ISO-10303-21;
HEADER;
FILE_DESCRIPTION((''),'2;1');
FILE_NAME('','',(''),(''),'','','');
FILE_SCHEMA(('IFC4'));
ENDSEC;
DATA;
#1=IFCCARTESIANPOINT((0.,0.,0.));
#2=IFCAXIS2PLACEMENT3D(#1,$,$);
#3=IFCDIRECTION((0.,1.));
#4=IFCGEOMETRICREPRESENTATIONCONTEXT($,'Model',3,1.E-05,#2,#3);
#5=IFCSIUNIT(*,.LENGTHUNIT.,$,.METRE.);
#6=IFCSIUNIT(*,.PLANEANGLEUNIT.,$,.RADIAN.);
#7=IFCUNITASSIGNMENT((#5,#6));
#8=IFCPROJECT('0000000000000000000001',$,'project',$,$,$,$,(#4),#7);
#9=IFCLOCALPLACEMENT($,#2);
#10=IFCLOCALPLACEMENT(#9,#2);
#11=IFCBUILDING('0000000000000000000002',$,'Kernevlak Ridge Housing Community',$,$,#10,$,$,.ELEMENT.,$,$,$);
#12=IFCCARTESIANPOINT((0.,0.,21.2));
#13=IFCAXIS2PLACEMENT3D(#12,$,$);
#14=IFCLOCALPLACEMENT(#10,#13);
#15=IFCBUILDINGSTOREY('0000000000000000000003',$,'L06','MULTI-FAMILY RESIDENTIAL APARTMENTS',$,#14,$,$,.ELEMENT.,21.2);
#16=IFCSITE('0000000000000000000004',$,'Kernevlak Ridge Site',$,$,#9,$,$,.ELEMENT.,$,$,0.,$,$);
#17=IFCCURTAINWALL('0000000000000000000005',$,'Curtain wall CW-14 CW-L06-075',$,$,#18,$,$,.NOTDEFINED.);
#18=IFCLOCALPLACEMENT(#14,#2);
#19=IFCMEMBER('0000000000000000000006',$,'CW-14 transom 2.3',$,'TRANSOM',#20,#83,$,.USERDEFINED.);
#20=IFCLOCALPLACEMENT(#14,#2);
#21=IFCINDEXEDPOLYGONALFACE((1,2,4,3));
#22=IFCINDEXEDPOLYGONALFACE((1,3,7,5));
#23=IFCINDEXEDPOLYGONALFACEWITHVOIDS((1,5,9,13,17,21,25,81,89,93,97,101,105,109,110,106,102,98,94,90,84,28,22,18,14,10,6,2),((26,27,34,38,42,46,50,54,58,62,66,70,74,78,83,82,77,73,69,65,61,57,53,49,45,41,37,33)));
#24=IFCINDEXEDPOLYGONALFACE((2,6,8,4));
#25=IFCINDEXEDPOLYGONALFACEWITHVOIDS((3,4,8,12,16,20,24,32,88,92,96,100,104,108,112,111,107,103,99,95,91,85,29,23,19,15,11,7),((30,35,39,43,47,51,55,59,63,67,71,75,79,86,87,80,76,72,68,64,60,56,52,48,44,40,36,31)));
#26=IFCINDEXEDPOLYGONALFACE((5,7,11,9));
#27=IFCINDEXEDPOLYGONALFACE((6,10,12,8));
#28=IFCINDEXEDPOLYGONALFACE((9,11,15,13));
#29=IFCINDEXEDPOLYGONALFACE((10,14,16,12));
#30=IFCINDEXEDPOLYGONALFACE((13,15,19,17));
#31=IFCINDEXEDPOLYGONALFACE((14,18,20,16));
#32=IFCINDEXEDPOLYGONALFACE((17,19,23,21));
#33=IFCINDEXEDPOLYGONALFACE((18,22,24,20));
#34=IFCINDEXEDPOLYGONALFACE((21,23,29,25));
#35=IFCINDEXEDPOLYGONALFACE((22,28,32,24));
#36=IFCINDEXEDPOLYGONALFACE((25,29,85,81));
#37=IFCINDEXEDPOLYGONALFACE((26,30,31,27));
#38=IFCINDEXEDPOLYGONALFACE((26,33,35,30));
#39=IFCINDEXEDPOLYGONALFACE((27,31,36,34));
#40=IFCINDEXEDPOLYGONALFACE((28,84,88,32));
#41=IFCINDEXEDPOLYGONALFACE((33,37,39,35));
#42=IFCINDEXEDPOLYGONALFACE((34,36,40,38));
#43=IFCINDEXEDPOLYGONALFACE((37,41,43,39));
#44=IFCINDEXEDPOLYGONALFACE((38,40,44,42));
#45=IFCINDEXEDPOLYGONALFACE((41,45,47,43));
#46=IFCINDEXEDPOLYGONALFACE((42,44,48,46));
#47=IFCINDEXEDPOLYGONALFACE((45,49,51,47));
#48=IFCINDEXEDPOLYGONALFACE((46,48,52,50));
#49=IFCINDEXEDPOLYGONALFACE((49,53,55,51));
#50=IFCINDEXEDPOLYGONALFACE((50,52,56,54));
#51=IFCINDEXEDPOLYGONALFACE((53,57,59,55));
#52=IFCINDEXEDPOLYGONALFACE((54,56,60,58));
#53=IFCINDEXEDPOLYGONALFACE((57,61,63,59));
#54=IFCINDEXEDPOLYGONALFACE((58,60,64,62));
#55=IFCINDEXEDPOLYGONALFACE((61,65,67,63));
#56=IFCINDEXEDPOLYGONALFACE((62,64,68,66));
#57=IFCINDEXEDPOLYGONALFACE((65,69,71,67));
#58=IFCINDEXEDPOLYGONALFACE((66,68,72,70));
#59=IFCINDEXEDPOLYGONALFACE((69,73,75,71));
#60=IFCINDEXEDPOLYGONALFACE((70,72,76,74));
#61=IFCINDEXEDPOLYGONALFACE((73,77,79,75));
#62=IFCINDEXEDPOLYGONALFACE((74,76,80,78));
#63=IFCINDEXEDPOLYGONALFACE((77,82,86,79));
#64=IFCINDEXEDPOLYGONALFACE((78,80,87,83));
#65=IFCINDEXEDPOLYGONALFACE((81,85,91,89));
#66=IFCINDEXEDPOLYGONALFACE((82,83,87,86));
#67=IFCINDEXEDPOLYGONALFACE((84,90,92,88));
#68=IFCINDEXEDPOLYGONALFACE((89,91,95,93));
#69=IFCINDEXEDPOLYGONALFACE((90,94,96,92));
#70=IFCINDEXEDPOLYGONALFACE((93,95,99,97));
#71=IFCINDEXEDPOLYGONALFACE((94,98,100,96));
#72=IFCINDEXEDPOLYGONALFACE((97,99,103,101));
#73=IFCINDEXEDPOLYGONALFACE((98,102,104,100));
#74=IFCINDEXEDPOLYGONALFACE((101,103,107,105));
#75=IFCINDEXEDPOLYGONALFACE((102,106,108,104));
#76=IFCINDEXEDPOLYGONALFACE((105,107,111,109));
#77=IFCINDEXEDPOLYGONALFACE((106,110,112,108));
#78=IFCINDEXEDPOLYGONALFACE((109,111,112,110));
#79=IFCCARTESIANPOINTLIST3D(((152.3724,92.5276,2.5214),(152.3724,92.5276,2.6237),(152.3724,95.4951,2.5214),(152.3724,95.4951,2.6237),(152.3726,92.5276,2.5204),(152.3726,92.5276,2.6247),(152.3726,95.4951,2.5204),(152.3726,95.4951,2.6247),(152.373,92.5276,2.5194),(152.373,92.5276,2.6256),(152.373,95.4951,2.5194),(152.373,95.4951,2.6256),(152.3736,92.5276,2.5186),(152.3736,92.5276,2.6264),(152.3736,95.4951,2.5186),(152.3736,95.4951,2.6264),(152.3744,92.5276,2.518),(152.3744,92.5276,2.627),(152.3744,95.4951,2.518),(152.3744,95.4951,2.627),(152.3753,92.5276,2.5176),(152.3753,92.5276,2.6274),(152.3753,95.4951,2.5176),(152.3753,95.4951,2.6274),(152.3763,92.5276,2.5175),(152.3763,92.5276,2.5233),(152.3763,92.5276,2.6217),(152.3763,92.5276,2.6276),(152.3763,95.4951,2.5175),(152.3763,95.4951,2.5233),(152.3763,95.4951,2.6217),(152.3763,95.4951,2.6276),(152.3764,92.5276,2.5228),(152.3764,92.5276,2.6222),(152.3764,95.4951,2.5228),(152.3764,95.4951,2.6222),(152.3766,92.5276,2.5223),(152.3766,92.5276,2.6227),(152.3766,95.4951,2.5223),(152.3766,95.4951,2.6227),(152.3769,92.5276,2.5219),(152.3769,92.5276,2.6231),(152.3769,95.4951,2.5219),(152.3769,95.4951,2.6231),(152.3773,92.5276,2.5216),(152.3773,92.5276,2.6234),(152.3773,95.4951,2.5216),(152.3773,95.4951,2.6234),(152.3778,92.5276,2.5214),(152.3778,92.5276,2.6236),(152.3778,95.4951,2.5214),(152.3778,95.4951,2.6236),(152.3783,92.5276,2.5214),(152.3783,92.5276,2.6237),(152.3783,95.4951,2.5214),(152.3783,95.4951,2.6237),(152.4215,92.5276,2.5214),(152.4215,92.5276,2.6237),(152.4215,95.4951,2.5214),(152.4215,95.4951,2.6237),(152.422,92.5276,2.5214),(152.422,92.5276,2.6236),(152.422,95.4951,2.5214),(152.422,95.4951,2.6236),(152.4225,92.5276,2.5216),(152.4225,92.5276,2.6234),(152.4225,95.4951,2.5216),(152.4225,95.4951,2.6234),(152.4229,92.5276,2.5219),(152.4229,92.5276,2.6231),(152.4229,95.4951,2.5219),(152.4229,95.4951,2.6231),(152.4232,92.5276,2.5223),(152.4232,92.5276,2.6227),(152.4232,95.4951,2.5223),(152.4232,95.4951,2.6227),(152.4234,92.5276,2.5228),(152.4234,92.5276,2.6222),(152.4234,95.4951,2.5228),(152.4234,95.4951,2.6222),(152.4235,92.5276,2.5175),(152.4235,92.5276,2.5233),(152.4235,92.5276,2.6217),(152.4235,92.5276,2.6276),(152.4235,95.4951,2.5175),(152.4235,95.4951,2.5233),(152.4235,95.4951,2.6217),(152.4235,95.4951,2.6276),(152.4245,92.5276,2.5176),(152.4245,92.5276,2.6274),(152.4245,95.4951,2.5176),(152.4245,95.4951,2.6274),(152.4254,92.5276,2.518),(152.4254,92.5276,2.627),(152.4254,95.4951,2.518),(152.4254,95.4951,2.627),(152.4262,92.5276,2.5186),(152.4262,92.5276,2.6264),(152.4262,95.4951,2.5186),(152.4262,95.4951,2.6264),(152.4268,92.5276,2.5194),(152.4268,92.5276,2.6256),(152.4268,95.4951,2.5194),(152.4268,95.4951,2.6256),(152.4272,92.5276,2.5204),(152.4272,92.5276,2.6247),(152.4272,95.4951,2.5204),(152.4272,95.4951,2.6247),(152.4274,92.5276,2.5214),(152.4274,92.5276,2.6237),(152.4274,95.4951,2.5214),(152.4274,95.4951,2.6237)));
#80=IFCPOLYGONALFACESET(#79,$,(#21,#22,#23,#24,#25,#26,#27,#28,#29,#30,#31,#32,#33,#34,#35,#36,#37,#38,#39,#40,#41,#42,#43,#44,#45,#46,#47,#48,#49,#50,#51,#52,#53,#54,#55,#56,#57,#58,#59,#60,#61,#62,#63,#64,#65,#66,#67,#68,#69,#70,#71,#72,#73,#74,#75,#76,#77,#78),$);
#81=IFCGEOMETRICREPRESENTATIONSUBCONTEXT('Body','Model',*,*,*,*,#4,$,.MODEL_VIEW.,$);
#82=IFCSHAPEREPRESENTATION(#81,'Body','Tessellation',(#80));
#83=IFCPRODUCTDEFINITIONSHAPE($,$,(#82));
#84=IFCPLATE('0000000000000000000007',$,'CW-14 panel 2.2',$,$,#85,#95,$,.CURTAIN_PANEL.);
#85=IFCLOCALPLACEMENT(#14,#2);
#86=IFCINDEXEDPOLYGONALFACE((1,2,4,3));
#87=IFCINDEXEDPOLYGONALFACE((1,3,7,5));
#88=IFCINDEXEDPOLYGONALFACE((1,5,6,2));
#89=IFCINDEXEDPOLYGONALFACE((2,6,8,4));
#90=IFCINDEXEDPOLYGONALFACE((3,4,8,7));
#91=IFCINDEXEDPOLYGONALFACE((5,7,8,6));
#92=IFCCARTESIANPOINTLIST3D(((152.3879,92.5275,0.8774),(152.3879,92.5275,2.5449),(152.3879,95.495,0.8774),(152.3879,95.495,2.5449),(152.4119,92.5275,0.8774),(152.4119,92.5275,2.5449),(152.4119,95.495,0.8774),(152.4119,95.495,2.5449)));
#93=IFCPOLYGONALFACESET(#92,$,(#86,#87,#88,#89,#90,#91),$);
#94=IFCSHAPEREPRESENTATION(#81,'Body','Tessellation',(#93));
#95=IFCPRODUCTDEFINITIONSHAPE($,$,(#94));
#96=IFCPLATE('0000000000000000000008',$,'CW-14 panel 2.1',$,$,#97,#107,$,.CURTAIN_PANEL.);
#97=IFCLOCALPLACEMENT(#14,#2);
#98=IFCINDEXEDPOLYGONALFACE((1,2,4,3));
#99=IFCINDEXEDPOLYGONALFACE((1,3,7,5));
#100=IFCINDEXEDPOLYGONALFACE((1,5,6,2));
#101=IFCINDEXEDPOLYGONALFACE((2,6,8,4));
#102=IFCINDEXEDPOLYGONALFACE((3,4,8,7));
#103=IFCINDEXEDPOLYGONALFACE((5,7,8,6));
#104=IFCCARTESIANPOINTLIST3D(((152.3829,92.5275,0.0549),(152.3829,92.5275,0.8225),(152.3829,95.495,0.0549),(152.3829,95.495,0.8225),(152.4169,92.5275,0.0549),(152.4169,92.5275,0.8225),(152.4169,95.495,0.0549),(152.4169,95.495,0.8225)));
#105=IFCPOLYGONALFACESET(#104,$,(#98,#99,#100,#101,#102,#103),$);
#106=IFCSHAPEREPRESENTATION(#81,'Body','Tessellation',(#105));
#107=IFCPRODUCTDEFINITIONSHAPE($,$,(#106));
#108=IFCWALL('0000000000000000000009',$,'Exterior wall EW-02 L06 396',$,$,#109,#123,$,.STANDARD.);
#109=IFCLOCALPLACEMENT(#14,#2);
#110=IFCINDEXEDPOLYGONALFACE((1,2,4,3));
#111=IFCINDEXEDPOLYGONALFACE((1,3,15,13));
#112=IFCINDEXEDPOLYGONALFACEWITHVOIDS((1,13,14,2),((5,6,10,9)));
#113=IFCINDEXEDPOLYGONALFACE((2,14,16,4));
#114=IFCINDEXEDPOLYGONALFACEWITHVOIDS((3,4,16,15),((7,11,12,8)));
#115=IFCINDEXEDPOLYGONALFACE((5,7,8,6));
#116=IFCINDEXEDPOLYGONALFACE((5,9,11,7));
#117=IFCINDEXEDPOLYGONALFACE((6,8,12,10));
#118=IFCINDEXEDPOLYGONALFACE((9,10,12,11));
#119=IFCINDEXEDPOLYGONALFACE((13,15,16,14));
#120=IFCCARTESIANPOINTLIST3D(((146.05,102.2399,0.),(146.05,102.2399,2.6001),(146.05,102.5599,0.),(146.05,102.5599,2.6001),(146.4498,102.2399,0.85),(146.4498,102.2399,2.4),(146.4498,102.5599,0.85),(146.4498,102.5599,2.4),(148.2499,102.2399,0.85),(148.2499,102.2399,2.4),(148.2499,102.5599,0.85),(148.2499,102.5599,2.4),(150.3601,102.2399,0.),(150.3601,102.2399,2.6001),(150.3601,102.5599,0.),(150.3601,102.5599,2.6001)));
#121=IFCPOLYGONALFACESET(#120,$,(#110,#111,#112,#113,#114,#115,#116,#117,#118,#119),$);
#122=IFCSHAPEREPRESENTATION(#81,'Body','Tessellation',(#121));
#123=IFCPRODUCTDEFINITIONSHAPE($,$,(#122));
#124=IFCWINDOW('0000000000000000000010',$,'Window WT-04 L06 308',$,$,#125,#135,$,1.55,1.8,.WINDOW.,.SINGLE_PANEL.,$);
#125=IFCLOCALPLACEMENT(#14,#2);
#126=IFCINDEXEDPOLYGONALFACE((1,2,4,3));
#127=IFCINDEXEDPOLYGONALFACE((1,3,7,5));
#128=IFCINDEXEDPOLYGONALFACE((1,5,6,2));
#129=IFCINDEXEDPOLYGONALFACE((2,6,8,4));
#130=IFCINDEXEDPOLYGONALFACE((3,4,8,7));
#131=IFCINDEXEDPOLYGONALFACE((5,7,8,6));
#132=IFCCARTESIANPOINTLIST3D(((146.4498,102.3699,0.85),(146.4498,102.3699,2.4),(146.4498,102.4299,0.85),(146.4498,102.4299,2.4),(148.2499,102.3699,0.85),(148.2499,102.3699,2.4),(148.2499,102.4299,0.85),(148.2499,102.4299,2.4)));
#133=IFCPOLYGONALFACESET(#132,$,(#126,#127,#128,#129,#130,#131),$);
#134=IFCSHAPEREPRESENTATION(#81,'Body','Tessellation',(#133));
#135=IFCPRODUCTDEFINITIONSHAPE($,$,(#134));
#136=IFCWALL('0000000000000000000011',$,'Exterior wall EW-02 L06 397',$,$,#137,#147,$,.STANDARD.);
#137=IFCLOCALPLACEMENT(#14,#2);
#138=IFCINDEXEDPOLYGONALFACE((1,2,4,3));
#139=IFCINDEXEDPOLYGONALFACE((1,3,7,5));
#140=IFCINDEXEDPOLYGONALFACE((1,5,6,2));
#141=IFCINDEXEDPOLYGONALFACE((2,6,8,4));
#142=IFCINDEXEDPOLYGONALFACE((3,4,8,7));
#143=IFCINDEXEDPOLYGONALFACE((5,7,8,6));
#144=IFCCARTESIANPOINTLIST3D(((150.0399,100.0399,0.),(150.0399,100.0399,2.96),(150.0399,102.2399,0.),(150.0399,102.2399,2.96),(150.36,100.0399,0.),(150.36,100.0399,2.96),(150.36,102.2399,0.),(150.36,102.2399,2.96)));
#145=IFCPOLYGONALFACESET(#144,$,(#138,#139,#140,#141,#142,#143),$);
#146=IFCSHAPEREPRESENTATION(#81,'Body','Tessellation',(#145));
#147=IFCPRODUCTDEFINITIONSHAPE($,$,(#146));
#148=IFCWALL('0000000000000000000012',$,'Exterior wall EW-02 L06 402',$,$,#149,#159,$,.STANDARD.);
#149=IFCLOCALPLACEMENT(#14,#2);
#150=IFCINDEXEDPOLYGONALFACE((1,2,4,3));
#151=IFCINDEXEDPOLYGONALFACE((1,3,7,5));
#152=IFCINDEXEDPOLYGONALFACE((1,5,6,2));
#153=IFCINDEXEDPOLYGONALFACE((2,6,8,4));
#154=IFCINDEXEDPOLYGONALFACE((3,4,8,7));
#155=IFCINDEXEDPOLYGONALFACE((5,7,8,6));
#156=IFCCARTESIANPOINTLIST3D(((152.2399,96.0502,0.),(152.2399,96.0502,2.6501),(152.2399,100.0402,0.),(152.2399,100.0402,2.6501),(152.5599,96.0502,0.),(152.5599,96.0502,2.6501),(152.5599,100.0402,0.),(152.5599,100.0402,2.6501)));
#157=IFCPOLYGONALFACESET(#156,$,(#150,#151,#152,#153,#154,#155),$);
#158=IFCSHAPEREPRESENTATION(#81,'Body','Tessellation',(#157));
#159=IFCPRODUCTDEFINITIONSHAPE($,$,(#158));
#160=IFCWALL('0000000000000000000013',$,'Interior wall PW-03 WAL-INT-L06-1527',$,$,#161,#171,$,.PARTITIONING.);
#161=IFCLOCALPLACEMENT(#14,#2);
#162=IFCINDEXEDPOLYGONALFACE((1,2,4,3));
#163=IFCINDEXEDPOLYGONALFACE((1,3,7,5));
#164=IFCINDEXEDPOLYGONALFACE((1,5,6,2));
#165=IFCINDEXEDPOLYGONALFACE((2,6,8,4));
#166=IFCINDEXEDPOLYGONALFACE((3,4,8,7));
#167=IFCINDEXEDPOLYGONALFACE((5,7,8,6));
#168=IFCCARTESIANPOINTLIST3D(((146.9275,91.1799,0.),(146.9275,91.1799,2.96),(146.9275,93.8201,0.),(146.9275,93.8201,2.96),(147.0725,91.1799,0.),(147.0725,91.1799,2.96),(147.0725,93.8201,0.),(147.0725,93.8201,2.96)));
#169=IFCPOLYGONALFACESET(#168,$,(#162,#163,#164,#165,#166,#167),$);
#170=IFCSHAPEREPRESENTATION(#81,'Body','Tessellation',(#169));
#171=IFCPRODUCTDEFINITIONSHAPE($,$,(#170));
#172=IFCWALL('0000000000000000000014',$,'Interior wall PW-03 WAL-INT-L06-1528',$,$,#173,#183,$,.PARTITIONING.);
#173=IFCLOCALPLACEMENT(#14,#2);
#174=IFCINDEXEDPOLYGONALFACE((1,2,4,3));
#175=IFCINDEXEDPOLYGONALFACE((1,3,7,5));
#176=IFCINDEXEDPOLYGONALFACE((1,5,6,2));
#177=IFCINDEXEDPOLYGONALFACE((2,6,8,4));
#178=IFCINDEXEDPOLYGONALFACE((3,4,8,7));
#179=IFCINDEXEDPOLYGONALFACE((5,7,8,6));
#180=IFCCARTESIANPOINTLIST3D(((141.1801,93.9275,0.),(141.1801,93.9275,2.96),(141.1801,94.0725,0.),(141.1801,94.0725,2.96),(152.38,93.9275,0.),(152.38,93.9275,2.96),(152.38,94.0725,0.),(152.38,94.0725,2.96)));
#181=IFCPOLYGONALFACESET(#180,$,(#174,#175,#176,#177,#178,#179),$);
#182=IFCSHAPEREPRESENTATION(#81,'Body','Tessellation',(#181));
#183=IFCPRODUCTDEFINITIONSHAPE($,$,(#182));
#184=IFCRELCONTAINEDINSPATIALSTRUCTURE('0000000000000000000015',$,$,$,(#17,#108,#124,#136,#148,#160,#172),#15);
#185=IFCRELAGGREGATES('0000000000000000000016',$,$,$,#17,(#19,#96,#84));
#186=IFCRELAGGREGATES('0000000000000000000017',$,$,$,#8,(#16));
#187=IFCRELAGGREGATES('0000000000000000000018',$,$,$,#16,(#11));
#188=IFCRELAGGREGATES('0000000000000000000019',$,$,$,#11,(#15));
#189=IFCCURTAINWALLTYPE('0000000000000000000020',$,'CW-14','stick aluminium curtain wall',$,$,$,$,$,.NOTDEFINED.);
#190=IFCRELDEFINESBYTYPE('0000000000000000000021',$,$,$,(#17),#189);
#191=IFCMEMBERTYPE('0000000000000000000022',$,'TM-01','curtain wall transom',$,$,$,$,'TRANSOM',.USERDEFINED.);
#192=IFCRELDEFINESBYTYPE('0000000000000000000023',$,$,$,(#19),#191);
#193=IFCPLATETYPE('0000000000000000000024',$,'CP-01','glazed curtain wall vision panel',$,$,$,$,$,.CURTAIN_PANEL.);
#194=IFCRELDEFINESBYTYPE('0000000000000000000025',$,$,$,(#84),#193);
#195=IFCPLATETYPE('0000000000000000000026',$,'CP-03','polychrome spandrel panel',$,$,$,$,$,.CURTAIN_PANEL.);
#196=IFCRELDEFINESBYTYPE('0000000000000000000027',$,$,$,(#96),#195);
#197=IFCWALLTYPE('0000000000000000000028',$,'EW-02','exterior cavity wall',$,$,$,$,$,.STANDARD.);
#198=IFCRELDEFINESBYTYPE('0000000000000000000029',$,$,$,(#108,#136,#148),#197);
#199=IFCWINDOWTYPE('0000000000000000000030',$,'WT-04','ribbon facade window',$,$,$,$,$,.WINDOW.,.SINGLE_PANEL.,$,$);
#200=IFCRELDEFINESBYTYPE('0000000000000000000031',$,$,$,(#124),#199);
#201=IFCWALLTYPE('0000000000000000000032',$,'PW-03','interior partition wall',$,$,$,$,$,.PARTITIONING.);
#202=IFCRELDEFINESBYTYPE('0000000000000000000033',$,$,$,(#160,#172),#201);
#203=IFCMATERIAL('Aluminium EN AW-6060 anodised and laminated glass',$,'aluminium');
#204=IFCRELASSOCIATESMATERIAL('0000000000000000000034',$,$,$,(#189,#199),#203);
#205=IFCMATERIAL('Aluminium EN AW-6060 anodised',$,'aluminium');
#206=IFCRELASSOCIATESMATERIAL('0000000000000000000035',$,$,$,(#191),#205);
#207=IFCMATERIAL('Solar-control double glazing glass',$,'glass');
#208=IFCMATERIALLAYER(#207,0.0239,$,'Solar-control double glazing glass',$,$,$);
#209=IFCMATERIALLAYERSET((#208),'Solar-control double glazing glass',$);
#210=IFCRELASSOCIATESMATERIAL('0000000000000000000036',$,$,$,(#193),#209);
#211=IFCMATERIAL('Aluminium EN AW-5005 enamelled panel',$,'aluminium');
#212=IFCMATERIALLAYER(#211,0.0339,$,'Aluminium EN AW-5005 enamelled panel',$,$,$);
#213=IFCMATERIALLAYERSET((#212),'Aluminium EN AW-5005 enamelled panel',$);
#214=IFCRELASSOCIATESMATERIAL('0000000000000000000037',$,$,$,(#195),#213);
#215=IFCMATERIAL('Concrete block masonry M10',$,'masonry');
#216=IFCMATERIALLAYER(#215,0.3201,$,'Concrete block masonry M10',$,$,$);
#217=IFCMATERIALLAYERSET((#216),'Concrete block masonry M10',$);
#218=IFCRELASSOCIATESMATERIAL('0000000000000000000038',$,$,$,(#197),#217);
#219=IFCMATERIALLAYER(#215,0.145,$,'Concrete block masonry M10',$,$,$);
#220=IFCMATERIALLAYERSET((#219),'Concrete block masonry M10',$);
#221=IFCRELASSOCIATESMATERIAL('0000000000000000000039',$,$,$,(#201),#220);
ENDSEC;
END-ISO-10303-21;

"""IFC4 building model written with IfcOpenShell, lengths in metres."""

from ifc_helpers import new_model, si_unit, direction, frame, frame_2d, origin, origin_2d, place, context, subcontext, project, spatial, rectangle, hollow_rectangle, extrude, material, layer, layer_set, material_profile, profile_set, type_object, element, fill, aggregate, save


model = new_model("IFC4")

# Units and contexts
model_context = context("Model", 3, precision=1e-05, world=origin(), true_north=direction((0.0, 1.0)))
body_context = subcontext(model_context, "Body", "Model", "MODEL_VIEW")
ifc_project = project(units=[si_unit("LENGTHUNIT", "METRE"), si_unit("PLANEANGLEUNIT", "RADIAN")], contexts=[model_context])

# Site, building, storey
site_placement = place(None, origin())
site = spatial("IfcSite", under=ifc_project, at=site_placement, Name="Kernevlak Ridge Site", CompositionType="ELEMENT", RefElevation=0.0)
building_placement = place(site_placement, origin())
building = spatial("IfcBuilding", under=site, at=building_placement, Name="Kernevlak Ridge Housing Community", CompositionType="ELEMENT")
storey_placement = place(building_placement, frame((0.0, 0.0, 21.2)))
storey = spatial("IfcBuildingStorey", under=building, at=storey_placement, Name="L06", Description="MULTI-FAMILY RESIDENTIAL APARTMENTS", CompositionType="ELEMENT", Elevation=21.2)

# Curtain wall
ifc_material_1 = material(Name="Aluminium EN AW-6060 anodised and laminated glass", Category="aluminium")
curtain_wall_type = type_object("IfcCurtainWallType", Name="CW-14", Description="stick aluminium curtain wall", PredefinedType="NOTDEFINED", material=ifc_material_1)
curtain_wall_placement = place(storey_placement, origin())
curtain_wall = element("IfcCurtainWall", 1, at=curtain_wall_placement, inside=storey, type_object=curtain_wall_type, Name="Curtain wall CW-14 CW-L06-075", PredefinedType="NOTDEFINED")
ifc_material_2 = material(Name="Aluminium EN AW-6060 anodised", Category="aluminium")

# Member
ifc_material_profile_1 = material_profile(ifc_material_2, hollow_rectangle(XDim=0.0549, YDim=0.1101, WallThickness=0.0039, InnerFilletRadius=0.002, OuterFilletRadius=0.0039, at=origin_2d()), Name="ALU 55x110x4")
ifc_profile_set_1 = profile_set([ifc_material_profile_1], Name="Aluminium EN AW-6060 anodised")
member_type_1 = type_object("IfcMemberType", Name="TM-01", Description="curtain wall transom", ElementType="TRANSOM", PredefinedType="USERDEFINED", material=ifc_profile_set_1)
member_1_placement = place(storey_placement, frame((152.3999, 92.5276, 2.5725), z_axis=(0.0, 1.0, 0.0), x_axis=(-1.0, 0.0, 0.0)))
member_1 = element("IfcMember", 2, at=member_1_placement, type_object=member_type_1, Name="CW-14 transom 2.3", ObjectType="TRANSOM", PredefinedType="USERDEFINED", context=body_context, shape_type="SweptSolid", body=[
    extrude(hollow_rectangle(XDim=0.0549, YDim=0.1101, WallThickness=0.0039, InnerFilletRadius=0.002, OuterFilletRadius=0.0039, at=origin_2d()), origin(), (0.0, 0.0, 1.0), 2.9675),
])

# Plates
ifc_material_3 = material(Name="Solar-control double glazing glass", Category="glass")
ifc_layer_1 = layer(ifc_material_3, 0.0239, Name="Solar-control double glazing glass")
ifc_layer_set_1 = layer_set([ifc_layer_1], Name="Solar-control double glazing glass")
plate_type_1 = type_object("IfcPlateType", Name="CP-01", Description="glazed curtain wall vision panel", PredefinedType="CURTAIN_PANEL", material=ifc_layer_set_1)
plate_1_placement = place(storey_placement, frame((152.3999, 94.0112, 0.8774), z_axis=(0.0, 0.0, 1.0), x_axis=(0.0, 1.0, 0.0)))
plate_1 = element("IfcPlate", 3, at=plate_1_placement, type_object=plate_type_1, Name="CW-14 panel 2.2", PredefinedType="CURTAIN_PANEL", context=body_context, shape_type="SweptSolid", body=[
    extrude(rectangle(XDim=2.9675, YDim=0.0239, at=origin_2d()), origin(), (0.0, 0.0, 1.0), 1.6675),
])
ifc_material_4 = material(Name="Aluminium EN AW-5005 enamelled panel", Category="aluminium")
ifc_layer_2 = layer(ifc_material_4, 0.0339, Name="Aluminium EN AW-5005 enamelled panel")
ifc_layer_set_2 = layer_set([ifc_layer_2], Name="Aluminium EN AW-5005 enamelled panel")
plate_type_2 = type_object("IfcPlateType", Name="CP-03", Description="polychrome spandrel panel", PredefinedType="CURTAIN_PANEL", material=ifc_layer_set_2)
plate_2_placement = place(storey_placement, frame((152.3999, 94.0112, 0.0549), z_axis=(0.0, 0.0, 1.0), x_axis=(0.0, 1.0, 0.0)))
plate_2 = element("IfcPlate", 4, at=plate_2_placement, type_object=plate_type_2, Name="CW-14 panel 2.1", PredefinedType="CURTAIN_PANEL", context=body_context, shape_type="SweptSolid", body=[
    extrude(rectangle(XDim=2.9675, YDim=0.0339, at=origin_2d()), origin(), (0.0, 0.0, 1.0), 0.7676),
])
aggregate(curtain_wall, [member_1, plate_2, plate_1])

# Wall, opening, window
ifc_material_5 = material(Name="Concrete block masonry M10", Category="masonry")
ifc_layer_3 = layer(ifc_material_5, 0.3201, Name="Concrete block masonry M10")
ifc_layer_set_3 = layer_set([ifc_layer_3], Name="Concrete block masonry M10")
wall_type_1 = type_object("IfcWallType", Name="EW-02", Description="exterior cavity wall", PredefinedType="STANDARD", material=ifc_layer_set_3)
wall_1_placement = place(storey_placement, frame((146.05, 102.3999, 0.0), z_axis=(0.0, 0.0, 1.0), x_axis=(1.0, 0.0, 0.0)))
wall_1 = element("IfcWall", 5, at=wall_1_placement, inside=storey, type_object=wall_type_1, Name="Exterior wall EW-02 L06 396", PredefinedType="STANDARD", context=body_context, shape_type="SweptSolid", body=[
    extrude(rectangle(XDim=4.3101, YDim=0.3201, at=frame_2d((2.155, 0.0))), origin(), (0.0, 0.0, 1.0), 2.6001),
])
opening_1_placement = place(wall_1_placement, frame((0.3999, 0.0, 0.8501)))
opening_1 = element("IfcOpeningElement", 6, at=opening_1_placement, cuts=wall_1, PredefinedType="OPENING", context=body_context, shape_type="SweptSolid", body=[
    extrude(rectangle(XDim=1.8, YDim=1.55, at=frame_2d((0.8999, 0.7749))), frame((0.0, 0.1699, 0.0), z_axis=(0.0, -1.0, 0.0), x_axis=(1.0, 0.0, 0.0)), (0.0, 0.0, 1.0), 0.3401),
])
window_type = type_object("IfcWindowType", Name="WT-04", Description="ribbon facade window", PartitioningType="SINGLE_PANEL", PredefinedType="WINDOW", material=ifc_material_1)
window_placement = place(opening_1_placement, origin())
window = element("IfcWindow", 7, at=window_placement, inside=storey, type_object=window_type, Name="Window WT-04 L06 308", OverallHeight=1.55, OverallWidth=1.8, PartitioningType="SINGLE_PANEL", PredefinedType="WINDOW", context=body_context, shape_type="SweptSolid", body=[
    extrude(rectangle(XDim=1.8, YDim=1.55, at=frame_2d((0.8999, 0.7749))), frame((0.0, 0.03, 0.0), z_axis=(0.0, -1.0, 0.0), x_axis=(1.0, 0.0, 0.0)), (0.0, 0.0, 1.0), 0.0601),
])
fill(opening_1, window)

# Wall
wall_2_placement = place(storey_placement, frame((150.2, 102.24, 0.0), z_axis=(0.0, 0.0, 1.0), x_axis=(0.0, -1.0, 0.0)))
element("IfcWall", 8, at=wall_2_placement, inside=storey, type_object=wall_type_1, Name="Exterior wall EW-02 L06 397", PredefinedType="STANDARD", context=body_context, shape_type="SweptSolid", body=[
    extrude(rectangle(XDim=2.2, YDim=0.3201, at=frame_2d((1.1001, 0.0))), origin(), (0.0, 0.0, 1.0), 2.96),
])

# Walls
wall_3_placement = place(storey_placement, frame((152.3999, 96.05, 0.0), z_axis=(0.0, 0.0, 1.0), x_axis=(0.0, 1.0, 0.0)))
element("IfcWall", 9, at=wall_3_placement, inside=storey, type_object=wall_type_1, Name="Exterior wall EW-02 L06 402", PredefinedType="STANDARD", context=body_context, shape_type="SweptSolid", body=[
    extrude(rectangle(XDim=3.99, YDim=0.3201, at=frame_2d((1.9951, 0.0))), origin(), (0.0, 0.0, 1.0), 2.6501),
])
ifc_layer_4 = layer(ifc_material_5, 0.145, Name="Concrete block masonry M10")
ifc_layer_set_4 = layer_set([ifc_layer_4], Name="Concrete block masonry M10")
wall_type_2 = type_object("IfcWallType", Name="PW-03", Description="interior partition wall", PredefinedType="PARTITIONING", material=ifc_layer_set_4)
wall_4_placement = place(storey_placement, frame((147.0, 91.1799, 0.0), z_axis=(0.0, 0.0, 1.0), x_axis=(0.0, 1.0, 0.0)))
element("IfcWall", 10, at=wall_4_placement, inside=storey, type_object=wall_type_2, Name="Interior wall PW-03 WAL-INT-L06-1527", PredefinedType="PARTITIONING", context=body_context, shape_type="SweptSolid", body=[
    extrude(rectangle(XDim=2.6401, YDim=0.145, at=frame_2d((1.3201, 0.0))), origin(), (0.0, 0.0, 1.0), 2.96),
])
wall_5_placement = place(storey_placement, frame((141.1799, 94.0, 0.0), z_axis=(0.0, 0.0, 1.0), x_axis=(1.0, 0.0, 0.0)))
element("IfcWall", 11, at=wall_5_placement, inside=storey, type_object=wall_type_2, Name="Interior wall PW-03 WAL-INT-L06-1528", PredefinedType="PARTITIONING", context=body_context, shape_type="SweptSolid", body=[
    extrude(rectangle(XDim=11.2, YDim=0.145, at=frame_2d((5.6001, 0.0))), origin(), (0.0, 0.0, 1.0), 2.96),
])

save(model, "model.ifc")
